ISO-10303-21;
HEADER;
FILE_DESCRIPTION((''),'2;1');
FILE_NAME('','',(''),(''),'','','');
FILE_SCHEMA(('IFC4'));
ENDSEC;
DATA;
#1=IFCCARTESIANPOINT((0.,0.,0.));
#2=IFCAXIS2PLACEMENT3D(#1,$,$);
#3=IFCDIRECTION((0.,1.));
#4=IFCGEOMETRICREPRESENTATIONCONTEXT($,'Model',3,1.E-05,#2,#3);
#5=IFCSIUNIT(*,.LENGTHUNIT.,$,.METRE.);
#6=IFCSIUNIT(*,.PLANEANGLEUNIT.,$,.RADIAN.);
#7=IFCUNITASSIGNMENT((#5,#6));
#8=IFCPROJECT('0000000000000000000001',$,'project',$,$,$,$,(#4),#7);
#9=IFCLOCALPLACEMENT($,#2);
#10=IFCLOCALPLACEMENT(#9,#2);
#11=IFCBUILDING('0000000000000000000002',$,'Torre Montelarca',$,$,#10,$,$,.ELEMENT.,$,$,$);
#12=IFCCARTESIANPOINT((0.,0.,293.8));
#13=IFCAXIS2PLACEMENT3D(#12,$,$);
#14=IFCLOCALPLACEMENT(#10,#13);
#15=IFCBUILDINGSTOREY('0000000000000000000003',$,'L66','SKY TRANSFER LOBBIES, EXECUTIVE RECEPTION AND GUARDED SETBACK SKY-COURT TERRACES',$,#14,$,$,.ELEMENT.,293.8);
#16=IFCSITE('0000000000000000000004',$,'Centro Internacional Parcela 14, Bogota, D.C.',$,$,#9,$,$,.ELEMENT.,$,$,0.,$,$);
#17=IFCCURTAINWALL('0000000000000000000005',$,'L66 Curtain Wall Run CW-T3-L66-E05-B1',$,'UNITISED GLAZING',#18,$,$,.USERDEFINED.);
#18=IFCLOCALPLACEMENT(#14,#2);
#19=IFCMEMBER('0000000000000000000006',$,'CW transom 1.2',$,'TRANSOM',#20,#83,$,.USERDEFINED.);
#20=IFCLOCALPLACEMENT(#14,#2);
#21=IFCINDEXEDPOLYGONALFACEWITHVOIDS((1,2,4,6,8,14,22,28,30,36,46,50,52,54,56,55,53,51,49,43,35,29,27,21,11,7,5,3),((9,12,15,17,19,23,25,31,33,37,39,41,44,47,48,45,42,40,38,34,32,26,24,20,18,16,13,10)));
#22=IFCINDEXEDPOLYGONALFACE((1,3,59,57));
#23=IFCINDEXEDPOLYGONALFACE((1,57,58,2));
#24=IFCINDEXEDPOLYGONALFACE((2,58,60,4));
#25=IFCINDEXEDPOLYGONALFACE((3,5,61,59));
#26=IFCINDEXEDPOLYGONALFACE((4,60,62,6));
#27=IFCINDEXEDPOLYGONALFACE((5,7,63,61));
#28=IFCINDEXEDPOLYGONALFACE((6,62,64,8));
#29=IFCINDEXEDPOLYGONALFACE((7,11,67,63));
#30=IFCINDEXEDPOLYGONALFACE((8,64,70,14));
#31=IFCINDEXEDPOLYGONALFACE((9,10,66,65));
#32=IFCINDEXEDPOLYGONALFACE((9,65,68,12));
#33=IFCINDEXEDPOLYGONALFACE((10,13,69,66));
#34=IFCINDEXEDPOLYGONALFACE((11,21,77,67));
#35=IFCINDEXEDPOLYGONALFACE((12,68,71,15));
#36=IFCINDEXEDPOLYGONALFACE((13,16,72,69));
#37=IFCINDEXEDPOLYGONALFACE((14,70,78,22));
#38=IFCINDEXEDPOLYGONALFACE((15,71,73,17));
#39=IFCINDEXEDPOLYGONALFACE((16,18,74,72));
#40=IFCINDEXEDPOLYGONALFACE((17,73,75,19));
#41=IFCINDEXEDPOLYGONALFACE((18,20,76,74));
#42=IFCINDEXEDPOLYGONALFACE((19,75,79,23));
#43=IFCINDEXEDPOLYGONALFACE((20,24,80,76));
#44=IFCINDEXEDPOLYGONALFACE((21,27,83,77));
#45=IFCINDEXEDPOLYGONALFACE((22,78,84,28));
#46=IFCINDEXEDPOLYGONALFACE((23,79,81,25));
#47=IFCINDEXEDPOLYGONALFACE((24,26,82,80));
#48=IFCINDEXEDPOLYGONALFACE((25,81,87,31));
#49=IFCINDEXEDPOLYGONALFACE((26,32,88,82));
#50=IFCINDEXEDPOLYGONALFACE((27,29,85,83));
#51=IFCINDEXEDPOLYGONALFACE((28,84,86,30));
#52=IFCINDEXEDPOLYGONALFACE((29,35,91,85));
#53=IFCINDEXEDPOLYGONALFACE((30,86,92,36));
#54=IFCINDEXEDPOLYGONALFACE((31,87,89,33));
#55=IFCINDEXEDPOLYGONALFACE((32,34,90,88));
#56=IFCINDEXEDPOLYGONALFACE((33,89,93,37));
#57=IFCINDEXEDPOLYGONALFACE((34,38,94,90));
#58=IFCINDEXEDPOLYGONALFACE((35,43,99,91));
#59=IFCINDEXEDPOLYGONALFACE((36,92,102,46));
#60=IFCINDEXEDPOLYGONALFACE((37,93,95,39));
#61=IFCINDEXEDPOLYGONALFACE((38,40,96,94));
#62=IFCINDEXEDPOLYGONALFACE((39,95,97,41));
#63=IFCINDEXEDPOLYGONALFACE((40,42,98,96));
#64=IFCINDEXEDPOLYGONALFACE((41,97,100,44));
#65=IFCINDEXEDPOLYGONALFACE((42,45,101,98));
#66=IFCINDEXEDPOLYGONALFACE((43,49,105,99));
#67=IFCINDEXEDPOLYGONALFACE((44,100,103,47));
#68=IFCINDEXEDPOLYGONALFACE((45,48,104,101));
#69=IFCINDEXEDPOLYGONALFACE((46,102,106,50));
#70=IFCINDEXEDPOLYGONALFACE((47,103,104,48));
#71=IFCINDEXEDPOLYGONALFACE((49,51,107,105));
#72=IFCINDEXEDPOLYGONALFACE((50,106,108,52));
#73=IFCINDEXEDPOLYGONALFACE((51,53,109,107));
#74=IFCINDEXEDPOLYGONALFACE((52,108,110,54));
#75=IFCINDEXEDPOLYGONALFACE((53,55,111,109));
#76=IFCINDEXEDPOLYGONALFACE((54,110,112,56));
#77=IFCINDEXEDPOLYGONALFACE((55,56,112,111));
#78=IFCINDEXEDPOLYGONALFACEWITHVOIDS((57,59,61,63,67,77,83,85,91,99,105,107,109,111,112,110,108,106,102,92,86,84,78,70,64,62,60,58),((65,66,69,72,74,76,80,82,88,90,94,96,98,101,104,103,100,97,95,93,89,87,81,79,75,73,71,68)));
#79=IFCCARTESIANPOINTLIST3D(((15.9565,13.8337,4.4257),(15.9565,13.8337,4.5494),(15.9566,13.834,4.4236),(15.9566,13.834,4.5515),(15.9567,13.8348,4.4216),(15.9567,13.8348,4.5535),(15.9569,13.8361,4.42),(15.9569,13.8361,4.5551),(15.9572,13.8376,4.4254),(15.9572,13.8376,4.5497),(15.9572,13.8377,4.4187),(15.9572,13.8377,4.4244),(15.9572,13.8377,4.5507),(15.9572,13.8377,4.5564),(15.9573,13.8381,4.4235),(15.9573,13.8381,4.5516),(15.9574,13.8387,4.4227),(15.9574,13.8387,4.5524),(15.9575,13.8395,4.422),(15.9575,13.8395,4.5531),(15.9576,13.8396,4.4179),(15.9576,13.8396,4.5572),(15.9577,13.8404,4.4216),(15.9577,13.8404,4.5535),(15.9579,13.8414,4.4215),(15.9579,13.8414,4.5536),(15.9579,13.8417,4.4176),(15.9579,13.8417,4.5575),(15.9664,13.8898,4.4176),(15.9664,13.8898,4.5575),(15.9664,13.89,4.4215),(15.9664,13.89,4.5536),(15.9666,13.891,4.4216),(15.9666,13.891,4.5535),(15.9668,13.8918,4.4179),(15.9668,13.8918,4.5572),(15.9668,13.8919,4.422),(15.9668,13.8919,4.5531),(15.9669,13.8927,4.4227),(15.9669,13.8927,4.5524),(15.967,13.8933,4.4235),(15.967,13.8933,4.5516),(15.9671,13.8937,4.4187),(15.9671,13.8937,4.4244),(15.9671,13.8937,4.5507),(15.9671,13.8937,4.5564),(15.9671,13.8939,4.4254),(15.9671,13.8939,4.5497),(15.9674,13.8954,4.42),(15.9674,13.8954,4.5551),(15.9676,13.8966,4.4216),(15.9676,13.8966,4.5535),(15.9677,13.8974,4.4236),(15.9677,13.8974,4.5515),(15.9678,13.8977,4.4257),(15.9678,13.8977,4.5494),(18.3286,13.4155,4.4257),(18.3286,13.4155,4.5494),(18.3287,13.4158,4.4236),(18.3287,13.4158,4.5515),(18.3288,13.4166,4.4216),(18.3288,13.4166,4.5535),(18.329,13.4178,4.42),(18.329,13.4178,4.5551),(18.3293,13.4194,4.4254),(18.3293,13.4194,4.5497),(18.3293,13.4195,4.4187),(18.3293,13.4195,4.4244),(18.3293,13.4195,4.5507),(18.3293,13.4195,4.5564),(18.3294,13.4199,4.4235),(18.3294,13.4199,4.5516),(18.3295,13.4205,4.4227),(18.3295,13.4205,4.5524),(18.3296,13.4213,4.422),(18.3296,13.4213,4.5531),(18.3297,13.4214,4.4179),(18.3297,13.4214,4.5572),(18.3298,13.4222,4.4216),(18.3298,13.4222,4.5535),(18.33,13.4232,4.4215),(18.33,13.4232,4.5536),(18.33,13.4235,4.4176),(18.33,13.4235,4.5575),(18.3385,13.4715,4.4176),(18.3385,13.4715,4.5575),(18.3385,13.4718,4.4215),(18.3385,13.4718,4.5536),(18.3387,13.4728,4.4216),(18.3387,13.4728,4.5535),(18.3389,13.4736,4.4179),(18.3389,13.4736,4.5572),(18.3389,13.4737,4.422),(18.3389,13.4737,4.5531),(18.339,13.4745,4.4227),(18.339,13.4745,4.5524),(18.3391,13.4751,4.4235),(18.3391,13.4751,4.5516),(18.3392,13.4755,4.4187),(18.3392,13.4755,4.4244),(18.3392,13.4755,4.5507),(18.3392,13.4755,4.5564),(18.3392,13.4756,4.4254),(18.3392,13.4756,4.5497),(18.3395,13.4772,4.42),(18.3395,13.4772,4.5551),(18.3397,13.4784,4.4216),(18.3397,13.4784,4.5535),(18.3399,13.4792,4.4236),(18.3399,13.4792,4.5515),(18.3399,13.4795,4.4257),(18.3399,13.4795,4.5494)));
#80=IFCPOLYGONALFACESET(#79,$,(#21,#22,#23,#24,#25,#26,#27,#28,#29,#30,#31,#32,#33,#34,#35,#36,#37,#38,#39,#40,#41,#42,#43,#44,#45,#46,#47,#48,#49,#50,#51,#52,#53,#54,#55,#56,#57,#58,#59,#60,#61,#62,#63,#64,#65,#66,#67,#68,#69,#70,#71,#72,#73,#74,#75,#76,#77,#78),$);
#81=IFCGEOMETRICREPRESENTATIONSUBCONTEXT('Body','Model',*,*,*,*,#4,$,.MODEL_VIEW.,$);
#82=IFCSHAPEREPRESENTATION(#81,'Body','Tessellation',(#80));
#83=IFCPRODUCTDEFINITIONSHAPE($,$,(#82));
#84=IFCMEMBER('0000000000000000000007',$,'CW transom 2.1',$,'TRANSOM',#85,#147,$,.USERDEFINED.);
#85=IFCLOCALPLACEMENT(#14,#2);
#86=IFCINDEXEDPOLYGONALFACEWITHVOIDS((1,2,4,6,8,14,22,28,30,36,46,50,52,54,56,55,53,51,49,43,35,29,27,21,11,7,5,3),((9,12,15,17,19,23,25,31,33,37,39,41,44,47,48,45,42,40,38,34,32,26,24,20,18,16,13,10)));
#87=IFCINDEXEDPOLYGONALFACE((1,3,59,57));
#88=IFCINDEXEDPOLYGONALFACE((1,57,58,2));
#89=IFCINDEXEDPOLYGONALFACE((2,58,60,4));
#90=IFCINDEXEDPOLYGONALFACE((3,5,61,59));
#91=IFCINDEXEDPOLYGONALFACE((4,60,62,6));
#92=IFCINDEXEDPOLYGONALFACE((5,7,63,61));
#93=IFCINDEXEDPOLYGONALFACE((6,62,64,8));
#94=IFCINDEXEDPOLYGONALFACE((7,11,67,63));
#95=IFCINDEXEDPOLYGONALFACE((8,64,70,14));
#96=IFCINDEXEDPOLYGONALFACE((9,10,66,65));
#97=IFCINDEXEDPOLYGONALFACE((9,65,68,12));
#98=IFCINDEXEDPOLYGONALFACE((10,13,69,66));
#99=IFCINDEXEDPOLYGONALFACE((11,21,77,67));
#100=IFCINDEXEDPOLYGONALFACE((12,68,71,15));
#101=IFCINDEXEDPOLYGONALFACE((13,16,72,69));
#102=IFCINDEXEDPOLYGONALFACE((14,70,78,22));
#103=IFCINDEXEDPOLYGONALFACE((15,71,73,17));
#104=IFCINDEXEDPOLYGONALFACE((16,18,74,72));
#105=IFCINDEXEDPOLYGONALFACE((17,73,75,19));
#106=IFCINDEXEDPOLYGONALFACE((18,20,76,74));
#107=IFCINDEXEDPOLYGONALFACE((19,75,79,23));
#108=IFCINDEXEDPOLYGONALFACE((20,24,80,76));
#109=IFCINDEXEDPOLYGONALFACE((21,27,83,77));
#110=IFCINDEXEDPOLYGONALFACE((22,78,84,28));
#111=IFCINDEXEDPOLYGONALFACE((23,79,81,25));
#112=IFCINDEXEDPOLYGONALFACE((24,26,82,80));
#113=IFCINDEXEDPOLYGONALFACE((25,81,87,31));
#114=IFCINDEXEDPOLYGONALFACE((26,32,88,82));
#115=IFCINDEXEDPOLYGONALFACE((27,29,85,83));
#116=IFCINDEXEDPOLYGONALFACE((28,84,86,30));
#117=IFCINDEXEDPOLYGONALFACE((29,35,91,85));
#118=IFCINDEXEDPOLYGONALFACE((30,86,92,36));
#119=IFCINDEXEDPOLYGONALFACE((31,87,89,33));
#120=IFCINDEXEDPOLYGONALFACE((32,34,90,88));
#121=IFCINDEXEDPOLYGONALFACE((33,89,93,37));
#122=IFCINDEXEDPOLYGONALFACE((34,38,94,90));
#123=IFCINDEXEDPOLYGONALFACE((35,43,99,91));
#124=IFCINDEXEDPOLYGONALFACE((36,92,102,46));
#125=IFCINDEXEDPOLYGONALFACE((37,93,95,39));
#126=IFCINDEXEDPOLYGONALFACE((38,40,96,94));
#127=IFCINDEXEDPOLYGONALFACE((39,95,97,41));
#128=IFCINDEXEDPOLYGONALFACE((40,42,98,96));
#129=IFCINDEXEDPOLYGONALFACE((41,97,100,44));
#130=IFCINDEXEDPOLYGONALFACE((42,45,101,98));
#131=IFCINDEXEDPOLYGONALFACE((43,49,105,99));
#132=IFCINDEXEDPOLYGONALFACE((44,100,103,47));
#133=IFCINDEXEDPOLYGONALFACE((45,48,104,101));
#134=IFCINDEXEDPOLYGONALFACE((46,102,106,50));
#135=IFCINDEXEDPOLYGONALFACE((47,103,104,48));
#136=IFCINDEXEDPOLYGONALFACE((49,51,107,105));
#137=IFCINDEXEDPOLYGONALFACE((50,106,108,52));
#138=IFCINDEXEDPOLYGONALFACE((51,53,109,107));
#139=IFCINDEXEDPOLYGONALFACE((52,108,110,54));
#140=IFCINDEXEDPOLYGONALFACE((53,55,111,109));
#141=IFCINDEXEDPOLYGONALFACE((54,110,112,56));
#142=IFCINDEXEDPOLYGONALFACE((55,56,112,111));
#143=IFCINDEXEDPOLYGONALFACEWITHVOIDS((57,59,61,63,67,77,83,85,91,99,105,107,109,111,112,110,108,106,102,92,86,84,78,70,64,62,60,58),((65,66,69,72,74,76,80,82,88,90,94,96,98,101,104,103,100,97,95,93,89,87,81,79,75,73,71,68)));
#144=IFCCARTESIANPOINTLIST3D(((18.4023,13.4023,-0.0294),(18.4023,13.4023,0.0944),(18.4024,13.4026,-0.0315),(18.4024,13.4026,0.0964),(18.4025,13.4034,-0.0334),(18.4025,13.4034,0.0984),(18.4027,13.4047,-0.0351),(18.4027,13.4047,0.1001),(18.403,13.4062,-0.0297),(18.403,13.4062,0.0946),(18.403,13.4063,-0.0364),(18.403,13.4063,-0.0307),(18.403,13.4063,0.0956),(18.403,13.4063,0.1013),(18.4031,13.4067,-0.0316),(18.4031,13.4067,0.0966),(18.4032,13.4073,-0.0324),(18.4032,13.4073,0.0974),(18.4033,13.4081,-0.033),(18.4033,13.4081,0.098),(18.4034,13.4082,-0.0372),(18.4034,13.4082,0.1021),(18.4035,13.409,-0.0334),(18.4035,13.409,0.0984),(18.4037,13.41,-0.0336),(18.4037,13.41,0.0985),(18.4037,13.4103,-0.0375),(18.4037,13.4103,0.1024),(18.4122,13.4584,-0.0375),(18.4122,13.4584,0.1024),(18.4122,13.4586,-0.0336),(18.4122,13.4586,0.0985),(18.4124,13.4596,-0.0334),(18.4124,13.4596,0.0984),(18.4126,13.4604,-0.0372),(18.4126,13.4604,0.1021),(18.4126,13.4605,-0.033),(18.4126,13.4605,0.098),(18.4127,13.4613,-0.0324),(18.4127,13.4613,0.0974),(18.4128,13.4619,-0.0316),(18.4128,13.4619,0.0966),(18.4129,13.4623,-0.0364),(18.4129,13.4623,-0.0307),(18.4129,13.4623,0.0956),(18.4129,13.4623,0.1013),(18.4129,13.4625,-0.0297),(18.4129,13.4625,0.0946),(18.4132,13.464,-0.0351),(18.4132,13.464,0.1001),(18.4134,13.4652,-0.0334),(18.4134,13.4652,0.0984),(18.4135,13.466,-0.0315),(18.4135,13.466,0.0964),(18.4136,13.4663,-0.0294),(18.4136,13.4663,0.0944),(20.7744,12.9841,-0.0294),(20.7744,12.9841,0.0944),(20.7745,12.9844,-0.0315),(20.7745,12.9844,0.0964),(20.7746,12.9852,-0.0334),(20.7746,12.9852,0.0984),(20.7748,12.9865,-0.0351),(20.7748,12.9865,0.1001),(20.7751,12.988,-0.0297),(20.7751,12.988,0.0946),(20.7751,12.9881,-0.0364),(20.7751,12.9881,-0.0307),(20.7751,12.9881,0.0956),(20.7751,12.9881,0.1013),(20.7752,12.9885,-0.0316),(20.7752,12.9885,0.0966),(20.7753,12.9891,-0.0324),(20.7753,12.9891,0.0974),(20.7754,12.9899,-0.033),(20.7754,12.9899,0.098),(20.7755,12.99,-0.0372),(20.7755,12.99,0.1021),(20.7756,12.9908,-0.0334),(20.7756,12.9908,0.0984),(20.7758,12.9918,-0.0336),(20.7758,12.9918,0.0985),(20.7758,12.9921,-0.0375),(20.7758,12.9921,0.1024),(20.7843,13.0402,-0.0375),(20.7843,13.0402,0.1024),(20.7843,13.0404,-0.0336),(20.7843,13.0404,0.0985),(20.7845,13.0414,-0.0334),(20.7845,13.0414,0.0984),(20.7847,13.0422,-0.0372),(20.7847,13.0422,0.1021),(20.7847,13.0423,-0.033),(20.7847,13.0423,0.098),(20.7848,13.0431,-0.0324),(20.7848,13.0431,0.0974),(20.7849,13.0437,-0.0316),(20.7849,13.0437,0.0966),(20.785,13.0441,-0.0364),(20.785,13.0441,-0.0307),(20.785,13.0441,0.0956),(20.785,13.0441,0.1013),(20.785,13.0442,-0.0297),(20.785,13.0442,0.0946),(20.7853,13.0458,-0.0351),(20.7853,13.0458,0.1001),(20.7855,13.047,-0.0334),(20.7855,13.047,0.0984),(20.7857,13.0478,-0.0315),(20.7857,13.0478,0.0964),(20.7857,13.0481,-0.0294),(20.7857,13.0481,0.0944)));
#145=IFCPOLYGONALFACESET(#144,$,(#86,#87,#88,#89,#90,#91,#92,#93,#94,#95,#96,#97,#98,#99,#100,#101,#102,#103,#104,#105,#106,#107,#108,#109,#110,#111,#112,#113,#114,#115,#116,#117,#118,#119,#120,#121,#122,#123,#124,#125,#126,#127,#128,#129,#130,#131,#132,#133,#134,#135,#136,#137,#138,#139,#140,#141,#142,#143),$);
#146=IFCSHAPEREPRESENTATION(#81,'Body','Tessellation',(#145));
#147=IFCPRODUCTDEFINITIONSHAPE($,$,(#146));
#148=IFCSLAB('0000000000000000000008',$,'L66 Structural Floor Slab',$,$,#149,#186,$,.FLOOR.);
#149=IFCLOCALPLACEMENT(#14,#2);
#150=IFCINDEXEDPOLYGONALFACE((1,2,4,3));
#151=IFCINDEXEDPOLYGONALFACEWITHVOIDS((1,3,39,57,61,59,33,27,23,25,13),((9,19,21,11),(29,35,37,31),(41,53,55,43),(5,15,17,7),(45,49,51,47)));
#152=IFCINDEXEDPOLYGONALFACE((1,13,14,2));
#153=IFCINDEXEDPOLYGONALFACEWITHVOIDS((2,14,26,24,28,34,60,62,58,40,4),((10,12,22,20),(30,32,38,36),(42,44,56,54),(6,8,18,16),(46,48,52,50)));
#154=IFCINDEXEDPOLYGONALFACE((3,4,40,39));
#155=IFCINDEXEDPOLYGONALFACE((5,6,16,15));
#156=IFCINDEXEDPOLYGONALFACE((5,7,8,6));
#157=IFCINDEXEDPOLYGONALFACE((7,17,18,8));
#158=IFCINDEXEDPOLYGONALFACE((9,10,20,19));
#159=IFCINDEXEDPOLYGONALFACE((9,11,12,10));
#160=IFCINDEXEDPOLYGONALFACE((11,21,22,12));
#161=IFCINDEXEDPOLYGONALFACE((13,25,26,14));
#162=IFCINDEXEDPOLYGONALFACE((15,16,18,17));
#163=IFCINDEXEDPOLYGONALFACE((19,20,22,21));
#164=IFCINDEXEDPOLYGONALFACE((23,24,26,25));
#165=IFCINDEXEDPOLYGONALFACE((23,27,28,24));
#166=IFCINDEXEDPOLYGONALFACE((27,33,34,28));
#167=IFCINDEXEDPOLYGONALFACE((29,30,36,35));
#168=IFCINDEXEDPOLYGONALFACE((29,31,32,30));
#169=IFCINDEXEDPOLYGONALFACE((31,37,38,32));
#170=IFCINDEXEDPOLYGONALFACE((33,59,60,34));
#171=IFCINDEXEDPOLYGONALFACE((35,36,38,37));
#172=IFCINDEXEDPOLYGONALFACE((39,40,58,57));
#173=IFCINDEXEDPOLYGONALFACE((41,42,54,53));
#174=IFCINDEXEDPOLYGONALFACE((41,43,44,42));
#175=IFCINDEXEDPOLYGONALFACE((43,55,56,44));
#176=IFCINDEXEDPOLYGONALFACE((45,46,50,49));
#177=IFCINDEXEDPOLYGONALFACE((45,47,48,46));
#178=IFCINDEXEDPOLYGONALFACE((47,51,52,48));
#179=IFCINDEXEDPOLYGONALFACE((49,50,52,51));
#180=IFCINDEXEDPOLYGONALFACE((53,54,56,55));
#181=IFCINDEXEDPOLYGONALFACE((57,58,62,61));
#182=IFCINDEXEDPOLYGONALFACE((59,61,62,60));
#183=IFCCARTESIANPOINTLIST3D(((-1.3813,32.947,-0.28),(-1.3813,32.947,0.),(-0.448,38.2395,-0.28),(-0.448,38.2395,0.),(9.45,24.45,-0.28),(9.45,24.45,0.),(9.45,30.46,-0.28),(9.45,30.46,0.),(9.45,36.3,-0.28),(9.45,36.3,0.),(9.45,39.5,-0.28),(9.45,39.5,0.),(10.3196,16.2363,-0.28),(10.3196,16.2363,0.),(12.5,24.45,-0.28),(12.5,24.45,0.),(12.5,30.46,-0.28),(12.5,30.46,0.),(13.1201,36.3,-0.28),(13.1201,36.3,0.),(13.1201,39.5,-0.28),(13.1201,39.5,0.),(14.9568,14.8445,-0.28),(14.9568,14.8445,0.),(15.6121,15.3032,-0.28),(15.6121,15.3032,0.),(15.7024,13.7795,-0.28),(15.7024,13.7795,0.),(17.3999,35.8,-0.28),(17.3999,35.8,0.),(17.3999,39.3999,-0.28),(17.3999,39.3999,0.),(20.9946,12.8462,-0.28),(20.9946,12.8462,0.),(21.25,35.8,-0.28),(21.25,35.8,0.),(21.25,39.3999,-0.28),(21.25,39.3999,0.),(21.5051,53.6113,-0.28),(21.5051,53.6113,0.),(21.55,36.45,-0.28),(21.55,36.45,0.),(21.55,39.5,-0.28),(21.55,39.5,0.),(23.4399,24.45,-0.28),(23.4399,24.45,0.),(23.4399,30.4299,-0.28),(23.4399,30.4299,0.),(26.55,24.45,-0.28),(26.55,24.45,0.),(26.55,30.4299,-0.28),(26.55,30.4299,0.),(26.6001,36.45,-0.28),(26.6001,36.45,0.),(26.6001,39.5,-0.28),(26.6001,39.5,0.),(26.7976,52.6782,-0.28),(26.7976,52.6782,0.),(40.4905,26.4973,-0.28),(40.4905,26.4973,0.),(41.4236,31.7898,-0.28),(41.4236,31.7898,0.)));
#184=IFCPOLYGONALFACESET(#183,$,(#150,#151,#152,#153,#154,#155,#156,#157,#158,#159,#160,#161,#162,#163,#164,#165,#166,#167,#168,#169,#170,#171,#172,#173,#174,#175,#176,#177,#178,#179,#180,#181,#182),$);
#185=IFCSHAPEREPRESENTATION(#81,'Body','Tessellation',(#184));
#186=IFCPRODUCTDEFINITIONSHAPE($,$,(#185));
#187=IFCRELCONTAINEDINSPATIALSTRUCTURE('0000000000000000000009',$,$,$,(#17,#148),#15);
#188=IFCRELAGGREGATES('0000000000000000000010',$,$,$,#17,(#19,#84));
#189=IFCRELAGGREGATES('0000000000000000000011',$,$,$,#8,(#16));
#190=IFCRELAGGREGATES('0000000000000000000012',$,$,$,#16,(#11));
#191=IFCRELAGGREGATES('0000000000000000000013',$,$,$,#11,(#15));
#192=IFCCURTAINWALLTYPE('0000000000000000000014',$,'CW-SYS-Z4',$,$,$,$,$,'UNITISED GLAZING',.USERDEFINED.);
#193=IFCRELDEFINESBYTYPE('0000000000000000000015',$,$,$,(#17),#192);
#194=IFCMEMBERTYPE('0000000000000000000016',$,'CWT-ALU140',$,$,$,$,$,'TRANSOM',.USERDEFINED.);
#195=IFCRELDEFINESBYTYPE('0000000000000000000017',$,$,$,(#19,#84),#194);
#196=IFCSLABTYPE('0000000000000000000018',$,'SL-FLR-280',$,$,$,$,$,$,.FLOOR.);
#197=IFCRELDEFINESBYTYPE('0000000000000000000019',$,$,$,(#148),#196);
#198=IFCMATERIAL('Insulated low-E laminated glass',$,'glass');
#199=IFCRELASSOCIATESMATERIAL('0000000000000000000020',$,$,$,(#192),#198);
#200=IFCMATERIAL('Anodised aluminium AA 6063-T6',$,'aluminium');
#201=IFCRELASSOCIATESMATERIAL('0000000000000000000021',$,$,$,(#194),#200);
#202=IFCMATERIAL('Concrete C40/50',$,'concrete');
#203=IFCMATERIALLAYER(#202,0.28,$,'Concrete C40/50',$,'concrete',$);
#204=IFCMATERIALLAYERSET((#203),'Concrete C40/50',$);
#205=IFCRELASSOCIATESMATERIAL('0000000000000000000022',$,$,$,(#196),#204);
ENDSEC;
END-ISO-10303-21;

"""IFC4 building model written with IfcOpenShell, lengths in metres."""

from ifc_helpers import new_model, si_unit, direction, frame, origin, origin_2d, place, context, subcontext, project, spatial, polyline, hollow_rectangle, outline, extrude, source, transform, mapped, material, layer, layer_set, material_profile, profile_set, type_object, element, aggregate, save


model = new_model("IFC4")

# Units and contexts
model_context = context("Model", 3, precision=1e-05, world=origin(), true_north=direction((0.0, 1.0)))
body_context = subcontext(model_context, "Body", "Model", "MODEL_VIEW")
ifc_project = project(units=[si_unit("LENGTHUNIT", "METRE"), si_unit("PLANEANGLEUNIT", "RADIAN")], contexts=[model_context])

# Site, building, storey
site_placement = place(None, origin())
site = spatial("IfcSite", under=ifc_project, at=site_placement, Name="Centro Internacional Parcela 14, Bogota, D.C.", CompositionType="ELEMENT", RefElevation=0.0)
building_placement = place(site_placement, origin())
building = spatial("IfcBuilding", under=site, at=building_placement, Name="Torre Montelarca", CompositionType="ELEMENT")
storey_placement = place(building_placement, frame((0.0, 0.0, 293.8)))
storey = spatial("IfcBuildingStorey", under=building, at=storey_placement, Name="L66", Description="SKY TRANSFER LOBBIES, EXECUTIVE RECEPTION AND GUARDED SETBACK SKY-COURT TERRACES", CompositionType="ELEMENT", Elevation=293.8)

# Curtain wall
ifc_material_1 = material(Name="Insulated low-E laminated glass", Category="glass")
curtain_wall_type = type_object("IfcCurtainWallType", Name="CW-SYS-Z4", ElementType="UNITISED GLAZING", PredefinedType="USERDEFINED", material=ifc_material_1)
ifc_material_2 = material(Name="Anodised aluminium AA 6063-T6", Category="aluminium")
ifc_material_profile_1 = material_profile(ifc_material_2, hollow_rectangle(XDim=0.0649, YDim=0.1399, WallThickness=0.0039, InnerFilletRadius=0.0039, OuterFilletRadius=0.0081, at=origin_2d()), Name="ALU65X140X4", Category="aluminium")
ifc_profile_set_1 = profile_set([ifc_material_profile_1], Name="Anodised aluminium AA 6063-T6")
member_type_1 = type_object("IfcMemberType", Name="CWT-ALU140", ElementType="TRANSOM", PredefinedType="USERDEFINED", material=ifc_profile_set_1)
curtain_wall_1_placement = place(storey_placement, origin())
curtain_wall_1 = element("IfcCurtainWall", 1, at=curtain_wall_1_placement, inside=storey, type_object=curtain_wall_type, Name="L66 Curtain Wall Run CW-T3-L66-E05-B1", ObjectType="UNITISED GLAZING", PredefinedType="USERDEFINED")

# Members
shared_shape_1 = source(origin(), body_context, "Body", "SweptSolid", [
    extrude(hollow_rectangle(XDim=0.0649, YDim=0.1399, WallThickness=0.0039, InnerFilletRadius=0.0039, OuterFilletRadius=0.0081, at=origin_2d()), origin(), (0.0, 0.0, 1.0), 2.4087),
])
member_1_placement = place(storey_placement, frame((15.9622, 13.8657, 4.4875), z_axis=(0.984811, -0.173629, 0.0), x_axis=(0.173629, 0.984811, 0.0)))
member_1 = element("IfcMember", 2, at=member_1_placement, type_object=member_type_1, Name="CW transom 1.2", ObjectType="TRANSOM", PredefinedType="USERDEFINED", context=body_context, shape_type="MappedRepresentation", body=[
    mapped(shared_shape_1, transform((0.0, 0.0, 0.0), scale=1.0)),
])
member_2_placement = place(storey_placement, frame((18.408, 13.4343, 0.0325), z_axis=(0.984811, -0.173629, 0.0), x_axis=(0.173629, 0.984811, 0.0)))
member_2 = element("IfcMember", 3, at=member_2_placement, type_object=member_type_1, Name="CW transom 2.1", ObjectType="TRANSOM", PredefinedType="USERDEFINED", context=body_context, shape_type="MappedRepresentation", body=[
    mapped(shared_shape_1, transform((0.0, 0.0, 0.0), scale=1.0)),
])

# Slab
ifc_material_3 = material(Name="Concrete C40/50", Category="concrete")
ifc_layer_1 = layer(ifc_material_3, 0.28, Name="Concrete C40/50", Category="concrete")
ifc_layer_set_1 = layer_set([ifc_layer_1], Name="Concrete C40/50")
slab_type_1 = type_object("IfcSlabType", Name="SL-FLR-280", PredefinedType="FLOOR", material=ifc_layer_set_1)
slab_1_placement = place(storey_placement, frame((0.0, 0.0, -0.28)))
element("IfcSlab", 4, at=slab_1_placement, inside=storey, type_object=slab_type_1, Name="L66 Structural Floor Slab", PredefinedType="FLOOR", context=body_context, shape_type="SweptSolid", body=[
    extrude(outline(polyline([(10.3196, 16.2363), (15.6121, 15.3032), (14.9568, 14.8445), (15.7024, 13.7795), (20.9946, 12.8462), (40.4905, 26.4973), (41.4236, 31.7898), (26.7976, 52.6782), (21.5051, 53.6113), (-0.448, 38.2395), (-1.3813, 32.947), (10.3196, 16.2363)]), holes=[polyline([(26.55, 24.45), (23.4399, 24.45), (23.4399, 30.4299), (26.55, 30.4299), (26.55, 24.45)]), polyline([(12.5, 24.45), (9.45, 24.45), (9.45, 30.46), (12.5, 30.46), (12.5, 24.45)]), polyline([(21.25, 39.3999), (21.25, 35.8), (17.3999, 35.8), (17.3999, 39.3999), (21.25, 39.3999)]), polyline([(13.1201, 36.3), (9.45, 36.3), (9.45, 39.5), (13.1201, 39.5), (13.1201, 36.3)]), polyline([(26.6001, 36.45), (21.55, 36.45), (21.55, 39.5), (26.6001, 39.5), (26.6001, 36.45)])]), origin(), (0.0, 0.0, 1.0), 0.28),
])

aggregate(curtain_wall_1, [member_1, member_2])

save(model, "model.ifc")
